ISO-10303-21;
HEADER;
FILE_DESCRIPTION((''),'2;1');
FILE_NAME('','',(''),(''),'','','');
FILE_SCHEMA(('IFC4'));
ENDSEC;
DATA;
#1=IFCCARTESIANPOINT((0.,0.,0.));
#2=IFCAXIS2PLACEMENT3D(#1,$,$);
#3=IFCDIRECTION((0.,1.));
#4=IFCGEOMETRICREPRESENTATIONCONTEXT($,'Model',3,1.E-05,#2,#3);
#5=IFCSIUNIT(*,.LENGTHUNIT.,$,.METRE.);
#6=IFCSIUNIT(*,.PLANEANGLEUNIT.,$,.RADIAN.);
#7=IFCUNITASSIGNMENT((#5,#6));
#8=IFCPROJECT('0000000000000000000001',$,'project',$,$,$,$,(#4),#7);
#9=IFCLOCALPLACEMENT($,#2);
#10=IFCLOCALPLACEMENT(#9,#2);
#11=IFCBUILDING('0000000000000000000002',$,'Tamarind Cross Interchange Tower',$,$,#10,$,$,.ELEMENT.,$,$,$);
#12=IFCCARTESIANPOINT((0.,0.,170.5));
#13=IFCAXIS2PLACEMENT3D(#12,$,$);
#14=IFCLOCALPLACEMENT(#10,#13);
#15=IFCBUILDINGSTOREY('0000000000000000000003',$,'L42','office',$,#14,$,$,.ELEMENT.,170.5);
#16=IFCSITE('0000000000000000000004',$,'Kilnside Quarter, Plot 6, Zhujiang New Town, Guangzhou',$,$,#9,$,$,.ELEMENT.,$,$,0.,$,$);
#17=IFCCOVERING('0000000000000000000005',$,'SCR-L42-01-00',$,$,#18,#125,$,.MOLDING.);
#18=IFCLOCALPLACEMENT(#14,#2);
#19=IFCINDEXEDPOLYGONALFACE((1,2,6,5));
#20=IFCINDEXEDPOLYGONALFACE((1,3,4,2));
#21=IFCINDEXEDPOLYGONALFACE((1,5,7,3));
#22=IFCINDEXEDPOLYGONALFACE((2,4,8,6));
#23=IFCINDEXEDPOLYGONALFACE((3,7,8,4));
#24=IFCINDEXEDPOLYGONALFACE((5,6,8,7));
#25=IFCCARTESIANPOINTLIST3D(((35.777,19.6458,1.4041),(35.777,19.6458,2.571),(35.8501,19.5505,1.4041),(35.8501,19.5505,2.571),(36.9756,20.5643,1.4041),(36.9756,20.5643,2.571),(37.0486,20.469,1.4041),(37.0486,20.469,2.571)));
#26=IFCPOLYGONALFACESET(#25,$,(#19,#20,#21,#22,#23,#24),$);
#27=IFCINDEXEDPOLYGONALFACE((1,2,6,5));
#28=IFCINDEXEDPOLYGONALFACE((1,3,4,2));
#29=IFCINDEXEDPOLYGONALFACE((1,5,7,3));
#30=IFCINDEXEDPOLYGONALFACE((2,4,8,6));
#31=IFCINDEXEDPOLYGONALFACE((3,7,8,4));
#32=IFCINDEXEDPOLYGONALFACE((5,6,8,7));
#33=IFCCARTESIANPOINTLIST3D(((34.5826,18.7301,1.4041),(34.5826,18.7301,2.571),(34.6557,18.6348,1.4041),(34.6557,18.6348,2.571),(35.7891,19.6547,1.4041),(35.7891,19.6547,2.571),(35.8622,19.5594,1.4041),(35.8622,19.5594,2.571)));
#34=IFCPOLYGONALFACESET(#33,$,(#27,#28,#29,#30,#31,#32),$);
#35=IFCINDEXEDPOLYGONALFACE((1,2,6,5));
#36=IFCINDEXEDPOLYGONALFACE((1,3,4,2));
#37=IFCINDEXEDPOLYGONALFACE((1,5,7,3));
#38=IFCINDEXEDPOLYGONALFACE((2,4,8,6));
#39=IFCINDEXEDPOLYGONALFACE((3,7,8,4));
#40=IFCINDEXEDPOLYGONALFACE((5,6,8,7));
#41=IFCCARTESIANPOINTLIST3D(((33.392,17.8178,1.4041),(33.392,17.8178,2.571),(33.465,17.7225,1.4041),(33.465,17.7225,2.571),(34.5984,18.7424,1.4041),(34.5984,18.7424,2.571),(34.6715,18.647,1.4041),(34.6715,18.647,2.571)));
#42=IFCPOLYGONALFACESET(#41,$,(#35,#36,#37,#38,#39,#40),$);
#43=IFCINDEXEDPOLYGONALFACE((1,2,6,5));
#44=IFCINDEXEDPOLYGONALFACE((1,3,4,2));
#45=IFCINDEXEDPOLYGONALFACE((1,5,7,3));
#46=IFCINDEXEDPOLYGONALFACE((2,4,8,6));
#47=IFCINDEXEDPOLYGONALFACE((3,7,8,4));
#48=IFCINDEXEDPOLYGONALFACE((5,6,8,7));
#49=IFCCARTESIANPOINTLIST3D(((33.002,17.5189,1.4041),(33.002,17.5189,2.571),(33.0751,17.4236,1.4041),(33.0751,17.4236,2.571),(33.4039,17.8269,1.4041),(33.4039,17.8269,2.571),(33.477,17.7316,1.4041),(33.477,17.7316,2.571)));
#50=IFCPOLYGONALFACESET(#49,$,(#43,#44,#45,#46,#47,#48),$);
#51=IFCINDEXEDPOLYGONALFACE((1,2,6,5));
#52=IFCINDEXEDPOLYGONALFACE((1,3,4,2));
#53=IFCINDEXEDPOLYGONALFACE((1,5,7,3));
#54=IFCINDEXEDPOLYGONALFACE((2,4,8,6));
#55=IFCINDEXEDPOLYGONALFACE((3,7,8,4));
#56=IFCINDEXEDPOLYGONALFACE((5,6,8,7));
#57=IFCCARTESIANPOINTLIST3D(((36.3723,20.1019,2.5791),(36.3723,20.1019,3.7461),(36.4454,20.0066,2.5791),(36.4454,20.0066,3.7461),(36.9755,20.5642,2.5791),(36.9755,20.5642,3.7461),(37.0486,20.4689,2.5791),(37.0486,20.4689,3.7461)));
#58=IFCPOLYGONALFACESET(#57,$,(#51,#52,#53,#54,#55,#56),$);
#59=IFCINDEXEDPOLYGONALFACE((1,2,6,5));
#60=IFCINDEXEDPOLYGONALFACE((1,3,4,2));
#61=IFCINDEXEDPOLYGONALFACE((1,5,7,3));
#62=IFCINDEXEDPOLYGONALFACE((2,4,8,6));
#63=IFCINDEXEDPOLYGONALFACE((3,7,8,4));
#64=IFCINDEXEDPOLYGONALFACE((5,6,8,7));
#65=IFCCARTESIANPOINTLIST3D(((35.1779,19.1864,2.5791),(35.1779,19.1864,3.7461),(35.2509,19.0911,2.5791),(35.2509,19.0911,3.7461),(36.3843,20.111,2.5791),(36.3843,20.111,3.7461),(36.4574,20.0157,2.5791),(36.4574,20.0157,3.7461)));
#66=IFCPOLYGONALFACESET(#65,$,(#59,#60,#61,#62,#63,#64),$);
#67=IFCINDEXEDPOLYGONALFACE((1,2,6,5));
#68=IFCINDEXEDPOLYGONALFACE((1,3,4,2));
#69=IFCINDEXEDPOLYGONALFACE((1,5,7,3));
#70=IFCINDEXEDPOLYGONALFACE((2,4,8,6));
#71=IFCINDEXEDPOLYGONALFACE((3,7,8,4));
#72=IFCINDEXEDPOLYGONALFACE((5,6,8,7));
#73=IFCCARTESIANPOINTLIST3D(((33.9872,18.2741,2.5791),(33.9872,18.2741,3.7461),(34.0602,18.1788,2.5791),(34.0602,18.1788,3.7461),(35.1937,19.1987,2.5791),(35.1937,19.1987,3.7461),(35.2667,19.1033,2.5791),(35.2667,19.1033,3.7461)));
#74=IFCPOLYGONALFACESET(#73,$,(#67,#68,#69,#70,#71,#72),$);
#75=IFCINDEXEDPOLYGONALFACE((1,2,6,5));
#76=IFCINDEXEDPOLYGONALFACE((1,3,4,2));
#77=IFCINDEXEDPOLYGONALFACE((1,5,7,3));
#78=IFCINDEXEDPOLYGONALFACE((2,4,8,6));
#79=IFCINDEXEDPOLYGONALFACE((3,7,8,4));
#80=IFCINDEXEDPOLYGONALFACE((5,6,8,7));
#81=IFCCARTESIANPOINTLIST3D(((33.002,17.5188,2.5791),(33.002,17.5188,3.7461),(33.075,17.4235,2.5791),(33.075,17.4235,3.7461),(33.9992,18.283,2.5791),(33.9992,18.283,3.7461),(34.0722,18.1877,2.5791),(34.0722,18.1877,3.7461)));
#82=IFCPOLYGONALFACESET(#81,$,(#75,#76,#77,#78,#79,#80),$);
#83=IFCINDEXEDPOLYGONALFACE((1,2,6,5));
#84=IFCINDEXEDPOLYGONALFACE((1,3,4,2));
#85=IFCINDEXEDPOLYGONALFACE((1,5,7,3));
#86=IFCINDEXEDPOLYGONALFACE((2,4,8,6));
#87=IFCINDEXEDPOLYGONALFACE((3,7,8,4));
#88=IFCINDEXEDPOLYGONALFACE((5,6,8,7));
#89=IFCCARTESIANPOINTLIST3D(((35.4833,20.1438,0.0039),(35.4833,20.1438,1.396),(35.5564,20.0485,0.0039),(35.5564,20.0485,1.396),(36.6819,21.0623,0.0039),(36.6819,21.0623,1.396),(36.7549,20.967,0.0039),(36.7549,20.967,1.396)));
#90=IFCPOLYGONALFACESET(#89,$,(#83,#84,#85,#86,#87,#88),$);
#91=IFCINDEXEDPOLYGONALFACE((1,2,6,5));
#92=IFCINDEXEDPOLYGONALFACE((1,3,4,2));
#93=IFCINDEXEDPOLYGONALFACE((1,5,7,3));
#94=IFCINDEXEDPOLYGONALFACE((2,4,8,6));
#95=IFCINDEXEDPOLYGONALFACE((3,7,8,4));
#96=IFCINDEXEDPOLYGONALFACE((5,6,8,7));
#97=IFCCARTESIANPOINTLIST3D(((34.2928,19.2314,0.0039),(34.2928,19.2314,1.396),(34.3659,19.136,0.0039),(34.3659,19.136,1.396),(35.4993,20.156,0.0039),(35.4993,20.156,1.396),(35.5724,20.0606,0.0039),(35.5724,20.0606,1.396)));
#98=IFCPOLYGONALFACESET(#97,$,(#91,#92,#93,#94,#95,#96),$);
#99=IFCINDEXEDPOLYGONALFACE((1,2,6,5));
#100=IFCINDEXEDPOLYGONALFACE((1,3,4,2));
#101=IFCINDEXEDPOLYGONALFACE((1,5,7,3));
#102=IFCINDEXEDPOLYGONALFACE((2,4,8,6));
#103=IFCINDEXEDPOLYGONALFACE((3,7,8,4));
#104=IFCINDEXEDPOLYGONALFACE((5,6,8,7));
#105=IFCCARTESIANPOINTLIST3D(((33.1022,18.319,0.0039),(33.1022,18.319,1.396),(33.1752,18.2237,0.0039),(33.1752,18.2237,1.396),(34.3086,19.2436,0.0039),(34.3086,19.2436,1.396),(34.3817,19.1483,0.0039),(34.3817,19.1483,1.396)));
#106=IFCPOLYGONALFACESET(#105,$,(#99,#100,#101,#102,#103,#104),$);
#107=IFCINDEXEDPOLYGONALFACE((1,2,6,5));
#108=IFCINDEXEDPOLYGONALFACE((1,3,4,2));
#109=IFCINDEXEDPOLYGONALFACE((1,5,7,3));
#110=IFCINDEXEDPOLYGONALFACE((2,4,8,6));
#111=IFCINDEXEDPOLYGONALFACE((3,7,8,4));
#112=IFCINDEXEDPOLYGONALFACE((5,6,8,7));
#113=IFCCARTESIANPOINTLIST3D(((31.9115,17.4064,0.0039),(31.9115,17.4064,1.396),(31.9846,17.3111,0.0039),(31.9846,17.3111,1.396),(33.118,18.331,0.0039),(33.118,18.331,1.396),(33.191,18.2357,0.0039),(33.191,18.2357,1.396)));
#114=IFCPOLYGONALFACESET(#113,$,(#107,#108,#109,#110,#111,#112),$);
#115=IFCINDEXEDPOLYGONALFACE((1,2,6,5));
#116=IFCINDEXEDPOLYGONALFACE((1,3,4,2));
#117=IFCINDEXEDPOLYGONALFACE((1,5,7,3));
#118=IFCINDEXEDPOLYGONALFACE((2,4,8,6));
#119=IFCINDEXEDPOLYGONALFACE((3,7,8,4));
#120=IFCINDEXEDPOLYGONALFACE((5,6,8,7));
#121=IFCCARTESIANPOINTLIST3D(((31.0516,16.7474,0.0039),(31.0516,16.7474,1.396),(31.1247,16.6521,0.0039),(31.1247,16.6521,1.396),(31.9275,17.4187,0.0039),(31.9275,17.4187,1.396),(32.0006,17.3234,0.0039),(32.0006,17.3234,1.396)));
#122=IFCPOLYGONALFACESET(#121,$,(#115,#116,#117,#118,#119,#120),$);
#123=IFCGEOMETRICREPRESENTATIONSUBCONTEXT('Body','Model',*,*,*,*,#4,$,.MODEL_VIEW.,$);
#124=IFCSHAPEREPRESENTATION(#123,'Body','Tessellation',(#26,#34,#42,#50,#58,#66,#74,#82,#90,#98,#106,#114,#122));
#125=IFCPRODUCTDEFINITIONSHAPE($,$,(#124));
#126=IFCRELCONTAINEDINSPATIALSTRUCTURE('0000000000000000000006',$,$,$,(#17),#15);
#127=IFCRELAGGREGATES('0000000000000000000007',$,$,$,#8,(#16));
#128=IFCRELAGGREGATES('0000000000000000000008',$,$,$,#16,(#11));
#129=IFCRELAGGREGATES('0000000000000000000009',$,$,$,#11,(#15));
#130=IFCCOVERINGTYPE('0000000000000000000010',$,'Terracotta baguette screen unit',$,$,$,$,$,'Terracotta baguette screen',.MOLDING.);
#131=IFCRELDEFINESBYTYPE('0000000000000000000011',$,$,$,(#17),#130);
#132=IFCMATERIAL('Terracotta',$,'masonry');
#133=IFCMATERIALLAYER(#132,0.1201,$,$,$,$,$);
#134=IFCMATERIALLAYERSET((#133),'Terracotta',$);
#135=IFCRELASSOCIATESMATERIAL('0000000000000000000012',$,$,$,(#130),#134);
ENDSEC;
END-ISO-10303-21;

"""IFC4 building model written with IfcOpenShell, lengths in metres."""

from ifc_helpers import new_model, si_unit, direction, frame, origin, origin_2d, place, context, subcontext, project, spatial, rectangle, extrude, material, layer, layer_set, type_object, element, save


model = new_model("IFC4")

# Units and contexts
model_context = context("Model", 3, precision=1e-05, world=origin(), true_north=direction((0.0, 1.0)))
body_context = subcontext(model_context, "Body", "Model", "MODEL_VIEW")
ifc_project = project(units=[si_unit("LENGTHUNIT", "METRE"), si_unit("PLANEANGLEUNIT", "RADIAN")], contexts=[model_context])

# Site, building, storey
site_placement = place(None, origin())
site = spatial("IfcSite", under=ifc_project, at=site_placement, Name="Kilnside Quarter, Plot 6, Zhujiang New Town, Guangzhou", CompositionType="ELEMENT", RefElevation=0.0)
building_placement = place(site_placement, origin())
building = spatial("IfcBuilding", under=site, at=building_placement, Name="Tamarind Cross Interchange Tower", CompositionType="ELEMENT")
storey_placement = place(building_placement, frame((0.0, 0.0, 170.5)))
storey = spatial("IfcBuildingStorey", under=building, at=storey_placement, Name="L42", Description="office", CompositionType="ELEMENT", Elevation=170.5)

# Covering
ifc_material_1 = material(Name="Terracotta", Category="masonry")
ifc_layer_1 = layer(ifc_material_1, 0.1201)
ifc_layer_set_1 = layer_set([ifc_layer_1], Name="Terracotta")
covering_type = type_object("IfcCoveringType", Name="Terracotta baguette screen unit", ElementType="Terracotta baguette screen", PredefinedType="MOLDING", material=ifc_layer_set_1)
covering_1_placement = place(storey_placement, origin())
element("IfcCovering", 1, at=covering_1_placement, inside=storey, type_object=covering_type, Name="SCR-L42-01-00", PredefinedType="MOLDING", context=body_context, shape_type="SweptSolid", body=[
    extrude(rectangle(XDim=1.51, YDim=0.1201, at=origin_2d()), frame((36.4128, 20.0574, 1.4041), z_axis=(0.0, 0.0, 1.0), x_axis=(-0.793725, -0.608277, 0.0)), (0.0, 0.0, 1.0), 1.167),
    extrude(rectangle(XDim=1.52, YDim=0.1201, at=origin_2d()), frame((35.2224, 19.1448, 1.4041), z_axis=(0.0, 0.0, 1.0), x_axis=(-0.793725, -0.608277, 0.0)), (0.0, 0.0, 1.0), 1.167),
    extrude(rectangle(XDim=1.52, YDim=0.1201, at=origin_2d()), frame((34.0317, 18.2324, 1.4041), z_axis=(0.0, 0.0, 1.0), x_axis=(-0.793725, -0.608277, 0.0)), (0.0, 0.0, 1.0), 1.167),
    extrude(rectangle(XDim=0.5063, YDim=0.1201, at=origin_2d()), frame((33.2395, 17.6252, 1.4041), z_axis=(0.0, 0.0, 1.0), x_axis=(-0.793725, -0.608277, 0.0)), (0.0, 0.0, 1.0), 1.167),
    extrude(rectangle(XDim=0.76, YDim=0.1201, at=origin_2d()), frame((36.7104, 20.2854, 2.5791), z_axis=(0.0, 0.0, 1.0), x_axis=(-0.793725, -0.608277, 0.0)), (0.0, 0.0, 1.0), 1.167),
    extrude(rectangle(XDim=1.52, YDim=0.1201, at=origin_2d()), frame((35.8176, 19.6011, 2.5791), z_axis=(0.0, 0.0, 1.0), x_axis=(-0.793725, -0.608277, 0.0)), (0.0, 0.0, 1.0), 1.167),
    extrude(rectangle(XDim=1.52, YDim=0.1201, at=origin_2d()), frame((34.627, 18.6887, 2.5791), z_axis=(0.0, 0.0, 1.0), x_axis=(-0.793725, -0.608277, 0.0)), (0.0, 0.0, 1.0), 1.167),
    extrude(rectangle(XDim=1.2563, YDim=0.1201, at=origin_2d()), frame((33.5371, 17.8533, 2.5791), z_axis=(0.0, 0.0, 1.0), x_axis=(-0.793725, -0.608277, 0.0)), (0.0, 0.0, 1.0), 1.167),
    extrude(rectangle(XDim=1.51, YDim=0.1201, at=origin_2d()), frame((36.1191, 20.5554, 0.0039), z_axis=(0.0, 0.0, 1.0), x_axis=(-0.793725, -0.608277, 0.0)), (0.0, 0.0, 1.0), 1.3921),
    extrude(rectangle(XDim=1.52, YDim=0.1201, at=origin_2d()), frame((34.9326, 19.646, 0.0039), z_axis=(0.0, 0.0, 1.0), x_axis=(-0.793725, -0.608277, 0.0)), (0.0, 0.0, 1.0), 1.3921),
    extrude(rectangle(XDim=1.52, YDim=0.1201, at=origin_2d()), frame((33.7419, 18.7336, 0.0039), z_axis=(0.0, 0.0, 1.0), x_axis=(-0.793725, -0.608277, 0.0)), (0.0, 0.0, 1.0), 1.3921),
    extrude(rectangle(XDim=1.52, YDim=0.1201, at=origin_2d()), frame((32.5513, 17.821, 0.0039), z_axis=(0.0, 0.0, 1.0), x_axis=(-0.793725, -0.608277, 0.0)), (0.0, 0.0, 1.0), 1.3921),
    extrude(rectangle(XDim=1.1035, YDim=0.1201, at=origin_2d()), frame((31.5261, 17.0354, 0.0039), z_axis=(0.0, 0.0, 1.0), x_axis=(-0.793725, -0.608277, 0.0)), (0.0, 0.0, 1.0), 1.3921),
])

save(model, "model.ifc")
